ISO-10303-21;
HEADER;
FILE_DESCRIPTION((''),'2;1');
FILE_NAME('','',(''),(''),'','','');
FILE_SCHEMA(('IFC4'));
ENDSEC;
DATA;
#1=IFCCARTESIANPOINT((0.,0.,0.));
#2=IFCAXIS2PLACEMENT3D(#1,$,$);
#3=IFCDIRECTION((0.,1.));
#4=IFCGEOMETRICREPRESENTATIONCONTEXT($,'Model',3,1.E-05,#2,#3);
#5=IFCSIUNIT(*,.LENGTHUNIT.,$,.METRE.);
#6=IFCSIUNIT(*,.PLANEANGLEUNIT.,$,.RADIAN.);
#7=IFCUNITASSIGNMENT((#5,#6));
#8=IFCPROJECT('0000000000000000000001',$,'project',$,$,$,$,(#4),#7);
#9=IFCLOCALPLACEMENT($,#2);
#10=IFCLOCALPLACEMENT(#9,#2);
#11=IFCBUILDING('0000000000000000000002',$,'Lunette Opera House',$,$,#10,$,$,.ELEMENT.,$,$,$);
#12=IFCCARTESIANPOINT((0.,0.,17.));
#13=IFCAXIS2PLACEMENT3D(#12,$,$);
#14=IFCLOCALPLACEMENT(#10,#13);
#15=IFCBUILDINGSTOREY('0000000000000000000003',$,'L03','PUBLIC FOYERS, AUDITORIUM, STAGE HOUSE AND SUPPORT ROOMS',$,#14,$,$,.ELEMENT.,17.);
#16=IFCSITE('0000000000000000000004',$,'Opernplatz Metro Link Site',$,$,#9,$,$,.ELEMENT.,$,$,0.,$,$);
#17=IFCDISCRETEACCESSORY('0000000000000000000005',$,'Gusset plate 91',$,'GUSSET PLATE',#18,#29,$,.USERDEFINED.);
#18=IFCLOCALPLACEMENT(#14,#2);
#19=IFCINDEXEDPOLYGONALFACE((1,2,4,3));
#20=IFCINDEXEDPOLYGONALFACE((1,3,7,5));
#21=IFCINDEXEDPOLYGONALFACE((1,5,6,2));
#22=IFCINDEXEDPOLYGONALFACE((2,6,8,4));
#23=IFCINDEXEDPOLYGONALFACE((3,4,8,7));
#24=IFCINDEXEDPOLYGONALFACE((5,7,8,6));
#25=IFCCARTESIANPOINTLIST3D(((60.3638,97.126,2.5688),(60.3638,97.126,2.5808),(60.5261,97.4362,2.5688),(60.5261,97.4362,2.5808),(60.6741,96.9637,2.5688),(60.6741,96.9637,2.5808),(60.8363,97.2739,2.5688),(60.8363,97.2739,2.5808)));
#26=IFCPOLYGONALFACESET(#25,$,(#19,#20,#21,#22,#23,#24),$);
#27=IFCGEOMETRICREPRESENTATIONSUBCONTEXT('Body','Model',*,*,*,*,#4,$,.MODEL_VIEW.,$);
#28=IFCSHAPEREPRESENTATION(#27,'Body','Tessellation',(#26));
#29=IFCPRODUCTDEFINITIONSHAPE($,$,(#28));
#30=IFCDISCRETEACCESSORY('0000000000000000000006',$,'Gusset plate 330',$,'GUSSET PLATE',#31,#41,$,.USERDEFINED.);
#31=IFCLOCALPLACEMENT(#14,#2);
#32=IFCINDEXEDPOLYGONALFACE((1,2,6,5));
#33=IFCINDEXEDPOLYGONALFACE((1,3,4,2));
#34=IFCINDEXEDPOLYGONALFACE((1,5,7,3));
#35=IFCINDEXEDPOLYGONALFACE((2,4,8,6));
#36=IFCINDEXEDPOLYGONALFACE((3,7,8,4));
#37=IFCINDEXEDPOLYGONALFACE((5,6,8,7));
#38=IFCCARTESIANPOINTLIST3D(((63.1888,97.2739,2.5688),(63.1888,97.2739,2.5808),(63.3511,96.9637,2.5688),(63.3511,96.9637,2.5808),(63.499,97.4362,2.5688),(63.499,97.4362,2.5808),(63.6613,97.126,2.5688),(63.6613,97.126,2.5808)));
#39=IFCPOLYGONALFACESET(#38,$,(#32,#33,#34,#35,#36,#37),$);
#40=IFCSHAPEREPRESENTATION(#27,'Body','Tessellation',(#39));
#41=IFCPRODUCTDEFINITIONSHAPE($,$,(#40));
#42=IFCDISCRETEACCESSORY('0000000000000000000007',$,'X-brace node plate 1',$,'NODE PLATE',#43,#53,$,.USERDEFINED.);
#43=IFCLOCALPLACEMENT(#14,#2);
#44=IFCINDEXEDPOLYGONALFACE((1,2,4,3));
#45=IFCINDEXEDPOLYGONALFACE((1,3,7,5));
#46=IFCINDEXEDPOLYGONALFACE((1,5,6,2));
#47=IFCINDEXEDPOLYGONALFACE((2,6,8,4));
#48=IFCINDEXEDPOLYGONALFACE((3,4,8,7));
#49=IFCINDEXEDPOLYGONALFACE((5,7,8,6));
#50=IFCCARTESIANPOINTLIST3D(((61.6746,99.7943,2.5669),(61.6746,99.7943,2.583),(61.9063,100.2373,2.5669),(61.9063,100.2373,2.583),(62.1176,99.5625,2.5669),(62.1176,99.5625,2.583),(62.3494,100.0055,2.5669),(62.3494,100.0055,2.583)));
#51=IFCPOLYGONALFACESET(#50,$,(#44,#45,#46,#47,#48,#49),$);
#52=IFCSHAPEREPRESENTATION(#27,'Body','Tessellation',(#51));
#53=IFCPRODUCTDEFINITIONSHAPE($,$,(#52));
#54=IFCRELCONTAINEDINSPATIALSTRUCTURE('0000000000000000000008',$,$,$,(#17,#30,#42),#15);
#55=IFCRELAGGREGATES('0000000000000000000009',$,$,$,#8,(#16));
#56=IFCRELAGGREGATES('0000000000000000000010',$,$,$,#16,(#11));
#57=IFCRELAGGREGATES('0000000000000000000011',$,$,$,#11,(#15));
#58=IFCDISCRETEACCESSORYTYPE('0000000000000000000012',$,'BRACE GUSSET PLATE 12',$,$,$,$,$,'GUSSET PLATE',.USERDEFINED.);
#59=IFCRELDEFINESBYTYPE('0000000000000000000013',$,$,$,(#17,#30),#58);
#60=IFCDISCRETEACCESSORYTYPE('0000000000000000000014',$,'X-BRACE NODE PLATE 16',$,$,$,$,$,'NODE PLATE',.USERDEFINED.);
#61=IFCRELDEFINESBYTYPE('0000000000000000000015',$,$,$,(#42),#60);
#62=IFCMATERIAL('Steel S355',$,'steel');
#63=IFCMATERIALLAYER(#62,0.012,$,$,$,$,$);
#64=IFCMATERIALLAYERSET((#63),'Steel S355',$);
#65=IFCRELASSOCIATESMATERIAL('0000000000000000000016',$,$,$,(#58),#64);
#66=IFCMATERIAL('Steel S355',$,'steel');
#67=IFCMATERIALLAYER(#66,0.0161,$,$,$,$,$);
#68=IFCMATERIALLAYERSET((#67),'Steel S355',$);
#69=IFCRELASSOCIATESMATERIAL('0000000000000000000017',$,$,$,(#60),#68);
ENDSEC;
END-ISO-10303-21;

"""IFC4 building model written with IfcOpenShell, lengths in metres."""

from ifc_helpers import new_model, si_unit, direction, frame, origin, origin_2d, place, context, subcontext, project, spatial, rectangle, extrude, material, layer, layer_set, type_object, element, save


model = new_model("IFC4")

# Units and contexts
model_context = context("Model", 3, precision=1e-05, world=origin(), true_north=direction((0.0, 1.0)))
body_context = subcontext(model_context, "Body", "Model", "MODEL_VIEW")
ifc_project = project(units=[si_unit("LENGTHUNIT", "METRE"), si_unit("PLANEANGLEUNIT", "RADIAN")], contexts=[model_context])

# Site, building, storey
site_placement = place(None, origin())
site = spatial("IfcSite", under=ifc_project, at=site_placement, Name="Opernplatz Metro Link Site", CompositionType="ELEMENT", RefElevation=0.0)
building_placement = place(site_placement, origin())
building = spatial("IfcBuilding", under=site, at=building_placement, Name="Lunette Opera House", CompositionType="ELEMENT")
storey_placement = place(building_placement, frame((0.0, 0.0, 17.0)))
storey = spatial("IfcBuildingStorey", under=building, at=storey_placement, Name="L03", Description="PUBLIC FOYERS, AUDITORIUM, STAGE HOUSE AND SUPPORT ROOMS", CompositionType="ELEMENT", Elevation=17.0)

# Discrete accessories
ifc_material_1 = material(Name="Steel S355", Category="steel")
ifc_layer_1 = layer(ifc_material_1, 0.012)
ifc_layer_set_1 = layer_set([ifc_layer_1], Name="Steel S355")
discrete_accessory_type_1 = type_object("IfcDiscreteAccessoryType", Name="BRACE GUSSET PLATE 12", ElementType="GUSSET PLATE", PredefinedType="USERDEFINED", material=ifc_layer_set_1)
for number, where, z_axis, x_axis, name in (
    (1, (60.6001, 97.2, 2.5688), (0.0, 0.0, 1.0), (0.463547, 0.886073, 0.0), "Gusset plate 91"),
    (2, (63.425, 97.2, 2.5688), (0.0, 0.0, 1.0), (-0.463676, 0.886005, 0.0), "Gusset plate 330"),
):
    element("IfcDiscreteAccessory", number, at=place(storey_placement, frame(where, z_axis=z_axis, x_axis=x_axis)), inside=storey, type_object=discrete_accessory_type_1, Name=name, ObjectType="GUSSET PLATE", PredefinedType="USERDEFINED", context=body_context, shape_type="SweptSolid", body=[
        extrude(rectangle(XDim=0.3501, YDim=0.3501, at=origin_2d()), origin(), (0.0, 0.0, 1.0), 0.012),
    ])
ifc_material_2 = material(Name="Steel S355", Category="steel")
ifc_layer_2 = layer(ifc_material_2, 0.0161)
ifc_layer_set_2 = layer_set([ifc_layer_2], Name="Steel S355")
discrete_accessory_type_2 = type_object("IfcDiscreteAccessoryType", Name="X-BRACE NODE PLATE 16", ElementType="NODE PLATE", PredefinedType="USERDEFINED", material=ifc_layer_set_2)
discrete_accessory_placement = place(storey_placement, frame((62.012, 99.8999, 2.5669), z_axis=(0.0, 0.0, 1.0), x_axis=(0.463547, 0.886073, 0.0)))
element("IfcDiscreteAccessory", 3, at=discrete_accessory_placement, inside=storey, type_object=discrete_accessory_type_2, Name="X-brace node plate 1", ObjectType="NODE PLATE", PredefinedType="USERDEFINED", context=body_context, shape_type="SweptSolid", body=[
    extrude(rectangle(XDim=0.5, YDim=0.5, at=origin_2d()), origin(), (0.0, 0.0, 1.0), 0.0161),
])

save(model, "model.ifc")
